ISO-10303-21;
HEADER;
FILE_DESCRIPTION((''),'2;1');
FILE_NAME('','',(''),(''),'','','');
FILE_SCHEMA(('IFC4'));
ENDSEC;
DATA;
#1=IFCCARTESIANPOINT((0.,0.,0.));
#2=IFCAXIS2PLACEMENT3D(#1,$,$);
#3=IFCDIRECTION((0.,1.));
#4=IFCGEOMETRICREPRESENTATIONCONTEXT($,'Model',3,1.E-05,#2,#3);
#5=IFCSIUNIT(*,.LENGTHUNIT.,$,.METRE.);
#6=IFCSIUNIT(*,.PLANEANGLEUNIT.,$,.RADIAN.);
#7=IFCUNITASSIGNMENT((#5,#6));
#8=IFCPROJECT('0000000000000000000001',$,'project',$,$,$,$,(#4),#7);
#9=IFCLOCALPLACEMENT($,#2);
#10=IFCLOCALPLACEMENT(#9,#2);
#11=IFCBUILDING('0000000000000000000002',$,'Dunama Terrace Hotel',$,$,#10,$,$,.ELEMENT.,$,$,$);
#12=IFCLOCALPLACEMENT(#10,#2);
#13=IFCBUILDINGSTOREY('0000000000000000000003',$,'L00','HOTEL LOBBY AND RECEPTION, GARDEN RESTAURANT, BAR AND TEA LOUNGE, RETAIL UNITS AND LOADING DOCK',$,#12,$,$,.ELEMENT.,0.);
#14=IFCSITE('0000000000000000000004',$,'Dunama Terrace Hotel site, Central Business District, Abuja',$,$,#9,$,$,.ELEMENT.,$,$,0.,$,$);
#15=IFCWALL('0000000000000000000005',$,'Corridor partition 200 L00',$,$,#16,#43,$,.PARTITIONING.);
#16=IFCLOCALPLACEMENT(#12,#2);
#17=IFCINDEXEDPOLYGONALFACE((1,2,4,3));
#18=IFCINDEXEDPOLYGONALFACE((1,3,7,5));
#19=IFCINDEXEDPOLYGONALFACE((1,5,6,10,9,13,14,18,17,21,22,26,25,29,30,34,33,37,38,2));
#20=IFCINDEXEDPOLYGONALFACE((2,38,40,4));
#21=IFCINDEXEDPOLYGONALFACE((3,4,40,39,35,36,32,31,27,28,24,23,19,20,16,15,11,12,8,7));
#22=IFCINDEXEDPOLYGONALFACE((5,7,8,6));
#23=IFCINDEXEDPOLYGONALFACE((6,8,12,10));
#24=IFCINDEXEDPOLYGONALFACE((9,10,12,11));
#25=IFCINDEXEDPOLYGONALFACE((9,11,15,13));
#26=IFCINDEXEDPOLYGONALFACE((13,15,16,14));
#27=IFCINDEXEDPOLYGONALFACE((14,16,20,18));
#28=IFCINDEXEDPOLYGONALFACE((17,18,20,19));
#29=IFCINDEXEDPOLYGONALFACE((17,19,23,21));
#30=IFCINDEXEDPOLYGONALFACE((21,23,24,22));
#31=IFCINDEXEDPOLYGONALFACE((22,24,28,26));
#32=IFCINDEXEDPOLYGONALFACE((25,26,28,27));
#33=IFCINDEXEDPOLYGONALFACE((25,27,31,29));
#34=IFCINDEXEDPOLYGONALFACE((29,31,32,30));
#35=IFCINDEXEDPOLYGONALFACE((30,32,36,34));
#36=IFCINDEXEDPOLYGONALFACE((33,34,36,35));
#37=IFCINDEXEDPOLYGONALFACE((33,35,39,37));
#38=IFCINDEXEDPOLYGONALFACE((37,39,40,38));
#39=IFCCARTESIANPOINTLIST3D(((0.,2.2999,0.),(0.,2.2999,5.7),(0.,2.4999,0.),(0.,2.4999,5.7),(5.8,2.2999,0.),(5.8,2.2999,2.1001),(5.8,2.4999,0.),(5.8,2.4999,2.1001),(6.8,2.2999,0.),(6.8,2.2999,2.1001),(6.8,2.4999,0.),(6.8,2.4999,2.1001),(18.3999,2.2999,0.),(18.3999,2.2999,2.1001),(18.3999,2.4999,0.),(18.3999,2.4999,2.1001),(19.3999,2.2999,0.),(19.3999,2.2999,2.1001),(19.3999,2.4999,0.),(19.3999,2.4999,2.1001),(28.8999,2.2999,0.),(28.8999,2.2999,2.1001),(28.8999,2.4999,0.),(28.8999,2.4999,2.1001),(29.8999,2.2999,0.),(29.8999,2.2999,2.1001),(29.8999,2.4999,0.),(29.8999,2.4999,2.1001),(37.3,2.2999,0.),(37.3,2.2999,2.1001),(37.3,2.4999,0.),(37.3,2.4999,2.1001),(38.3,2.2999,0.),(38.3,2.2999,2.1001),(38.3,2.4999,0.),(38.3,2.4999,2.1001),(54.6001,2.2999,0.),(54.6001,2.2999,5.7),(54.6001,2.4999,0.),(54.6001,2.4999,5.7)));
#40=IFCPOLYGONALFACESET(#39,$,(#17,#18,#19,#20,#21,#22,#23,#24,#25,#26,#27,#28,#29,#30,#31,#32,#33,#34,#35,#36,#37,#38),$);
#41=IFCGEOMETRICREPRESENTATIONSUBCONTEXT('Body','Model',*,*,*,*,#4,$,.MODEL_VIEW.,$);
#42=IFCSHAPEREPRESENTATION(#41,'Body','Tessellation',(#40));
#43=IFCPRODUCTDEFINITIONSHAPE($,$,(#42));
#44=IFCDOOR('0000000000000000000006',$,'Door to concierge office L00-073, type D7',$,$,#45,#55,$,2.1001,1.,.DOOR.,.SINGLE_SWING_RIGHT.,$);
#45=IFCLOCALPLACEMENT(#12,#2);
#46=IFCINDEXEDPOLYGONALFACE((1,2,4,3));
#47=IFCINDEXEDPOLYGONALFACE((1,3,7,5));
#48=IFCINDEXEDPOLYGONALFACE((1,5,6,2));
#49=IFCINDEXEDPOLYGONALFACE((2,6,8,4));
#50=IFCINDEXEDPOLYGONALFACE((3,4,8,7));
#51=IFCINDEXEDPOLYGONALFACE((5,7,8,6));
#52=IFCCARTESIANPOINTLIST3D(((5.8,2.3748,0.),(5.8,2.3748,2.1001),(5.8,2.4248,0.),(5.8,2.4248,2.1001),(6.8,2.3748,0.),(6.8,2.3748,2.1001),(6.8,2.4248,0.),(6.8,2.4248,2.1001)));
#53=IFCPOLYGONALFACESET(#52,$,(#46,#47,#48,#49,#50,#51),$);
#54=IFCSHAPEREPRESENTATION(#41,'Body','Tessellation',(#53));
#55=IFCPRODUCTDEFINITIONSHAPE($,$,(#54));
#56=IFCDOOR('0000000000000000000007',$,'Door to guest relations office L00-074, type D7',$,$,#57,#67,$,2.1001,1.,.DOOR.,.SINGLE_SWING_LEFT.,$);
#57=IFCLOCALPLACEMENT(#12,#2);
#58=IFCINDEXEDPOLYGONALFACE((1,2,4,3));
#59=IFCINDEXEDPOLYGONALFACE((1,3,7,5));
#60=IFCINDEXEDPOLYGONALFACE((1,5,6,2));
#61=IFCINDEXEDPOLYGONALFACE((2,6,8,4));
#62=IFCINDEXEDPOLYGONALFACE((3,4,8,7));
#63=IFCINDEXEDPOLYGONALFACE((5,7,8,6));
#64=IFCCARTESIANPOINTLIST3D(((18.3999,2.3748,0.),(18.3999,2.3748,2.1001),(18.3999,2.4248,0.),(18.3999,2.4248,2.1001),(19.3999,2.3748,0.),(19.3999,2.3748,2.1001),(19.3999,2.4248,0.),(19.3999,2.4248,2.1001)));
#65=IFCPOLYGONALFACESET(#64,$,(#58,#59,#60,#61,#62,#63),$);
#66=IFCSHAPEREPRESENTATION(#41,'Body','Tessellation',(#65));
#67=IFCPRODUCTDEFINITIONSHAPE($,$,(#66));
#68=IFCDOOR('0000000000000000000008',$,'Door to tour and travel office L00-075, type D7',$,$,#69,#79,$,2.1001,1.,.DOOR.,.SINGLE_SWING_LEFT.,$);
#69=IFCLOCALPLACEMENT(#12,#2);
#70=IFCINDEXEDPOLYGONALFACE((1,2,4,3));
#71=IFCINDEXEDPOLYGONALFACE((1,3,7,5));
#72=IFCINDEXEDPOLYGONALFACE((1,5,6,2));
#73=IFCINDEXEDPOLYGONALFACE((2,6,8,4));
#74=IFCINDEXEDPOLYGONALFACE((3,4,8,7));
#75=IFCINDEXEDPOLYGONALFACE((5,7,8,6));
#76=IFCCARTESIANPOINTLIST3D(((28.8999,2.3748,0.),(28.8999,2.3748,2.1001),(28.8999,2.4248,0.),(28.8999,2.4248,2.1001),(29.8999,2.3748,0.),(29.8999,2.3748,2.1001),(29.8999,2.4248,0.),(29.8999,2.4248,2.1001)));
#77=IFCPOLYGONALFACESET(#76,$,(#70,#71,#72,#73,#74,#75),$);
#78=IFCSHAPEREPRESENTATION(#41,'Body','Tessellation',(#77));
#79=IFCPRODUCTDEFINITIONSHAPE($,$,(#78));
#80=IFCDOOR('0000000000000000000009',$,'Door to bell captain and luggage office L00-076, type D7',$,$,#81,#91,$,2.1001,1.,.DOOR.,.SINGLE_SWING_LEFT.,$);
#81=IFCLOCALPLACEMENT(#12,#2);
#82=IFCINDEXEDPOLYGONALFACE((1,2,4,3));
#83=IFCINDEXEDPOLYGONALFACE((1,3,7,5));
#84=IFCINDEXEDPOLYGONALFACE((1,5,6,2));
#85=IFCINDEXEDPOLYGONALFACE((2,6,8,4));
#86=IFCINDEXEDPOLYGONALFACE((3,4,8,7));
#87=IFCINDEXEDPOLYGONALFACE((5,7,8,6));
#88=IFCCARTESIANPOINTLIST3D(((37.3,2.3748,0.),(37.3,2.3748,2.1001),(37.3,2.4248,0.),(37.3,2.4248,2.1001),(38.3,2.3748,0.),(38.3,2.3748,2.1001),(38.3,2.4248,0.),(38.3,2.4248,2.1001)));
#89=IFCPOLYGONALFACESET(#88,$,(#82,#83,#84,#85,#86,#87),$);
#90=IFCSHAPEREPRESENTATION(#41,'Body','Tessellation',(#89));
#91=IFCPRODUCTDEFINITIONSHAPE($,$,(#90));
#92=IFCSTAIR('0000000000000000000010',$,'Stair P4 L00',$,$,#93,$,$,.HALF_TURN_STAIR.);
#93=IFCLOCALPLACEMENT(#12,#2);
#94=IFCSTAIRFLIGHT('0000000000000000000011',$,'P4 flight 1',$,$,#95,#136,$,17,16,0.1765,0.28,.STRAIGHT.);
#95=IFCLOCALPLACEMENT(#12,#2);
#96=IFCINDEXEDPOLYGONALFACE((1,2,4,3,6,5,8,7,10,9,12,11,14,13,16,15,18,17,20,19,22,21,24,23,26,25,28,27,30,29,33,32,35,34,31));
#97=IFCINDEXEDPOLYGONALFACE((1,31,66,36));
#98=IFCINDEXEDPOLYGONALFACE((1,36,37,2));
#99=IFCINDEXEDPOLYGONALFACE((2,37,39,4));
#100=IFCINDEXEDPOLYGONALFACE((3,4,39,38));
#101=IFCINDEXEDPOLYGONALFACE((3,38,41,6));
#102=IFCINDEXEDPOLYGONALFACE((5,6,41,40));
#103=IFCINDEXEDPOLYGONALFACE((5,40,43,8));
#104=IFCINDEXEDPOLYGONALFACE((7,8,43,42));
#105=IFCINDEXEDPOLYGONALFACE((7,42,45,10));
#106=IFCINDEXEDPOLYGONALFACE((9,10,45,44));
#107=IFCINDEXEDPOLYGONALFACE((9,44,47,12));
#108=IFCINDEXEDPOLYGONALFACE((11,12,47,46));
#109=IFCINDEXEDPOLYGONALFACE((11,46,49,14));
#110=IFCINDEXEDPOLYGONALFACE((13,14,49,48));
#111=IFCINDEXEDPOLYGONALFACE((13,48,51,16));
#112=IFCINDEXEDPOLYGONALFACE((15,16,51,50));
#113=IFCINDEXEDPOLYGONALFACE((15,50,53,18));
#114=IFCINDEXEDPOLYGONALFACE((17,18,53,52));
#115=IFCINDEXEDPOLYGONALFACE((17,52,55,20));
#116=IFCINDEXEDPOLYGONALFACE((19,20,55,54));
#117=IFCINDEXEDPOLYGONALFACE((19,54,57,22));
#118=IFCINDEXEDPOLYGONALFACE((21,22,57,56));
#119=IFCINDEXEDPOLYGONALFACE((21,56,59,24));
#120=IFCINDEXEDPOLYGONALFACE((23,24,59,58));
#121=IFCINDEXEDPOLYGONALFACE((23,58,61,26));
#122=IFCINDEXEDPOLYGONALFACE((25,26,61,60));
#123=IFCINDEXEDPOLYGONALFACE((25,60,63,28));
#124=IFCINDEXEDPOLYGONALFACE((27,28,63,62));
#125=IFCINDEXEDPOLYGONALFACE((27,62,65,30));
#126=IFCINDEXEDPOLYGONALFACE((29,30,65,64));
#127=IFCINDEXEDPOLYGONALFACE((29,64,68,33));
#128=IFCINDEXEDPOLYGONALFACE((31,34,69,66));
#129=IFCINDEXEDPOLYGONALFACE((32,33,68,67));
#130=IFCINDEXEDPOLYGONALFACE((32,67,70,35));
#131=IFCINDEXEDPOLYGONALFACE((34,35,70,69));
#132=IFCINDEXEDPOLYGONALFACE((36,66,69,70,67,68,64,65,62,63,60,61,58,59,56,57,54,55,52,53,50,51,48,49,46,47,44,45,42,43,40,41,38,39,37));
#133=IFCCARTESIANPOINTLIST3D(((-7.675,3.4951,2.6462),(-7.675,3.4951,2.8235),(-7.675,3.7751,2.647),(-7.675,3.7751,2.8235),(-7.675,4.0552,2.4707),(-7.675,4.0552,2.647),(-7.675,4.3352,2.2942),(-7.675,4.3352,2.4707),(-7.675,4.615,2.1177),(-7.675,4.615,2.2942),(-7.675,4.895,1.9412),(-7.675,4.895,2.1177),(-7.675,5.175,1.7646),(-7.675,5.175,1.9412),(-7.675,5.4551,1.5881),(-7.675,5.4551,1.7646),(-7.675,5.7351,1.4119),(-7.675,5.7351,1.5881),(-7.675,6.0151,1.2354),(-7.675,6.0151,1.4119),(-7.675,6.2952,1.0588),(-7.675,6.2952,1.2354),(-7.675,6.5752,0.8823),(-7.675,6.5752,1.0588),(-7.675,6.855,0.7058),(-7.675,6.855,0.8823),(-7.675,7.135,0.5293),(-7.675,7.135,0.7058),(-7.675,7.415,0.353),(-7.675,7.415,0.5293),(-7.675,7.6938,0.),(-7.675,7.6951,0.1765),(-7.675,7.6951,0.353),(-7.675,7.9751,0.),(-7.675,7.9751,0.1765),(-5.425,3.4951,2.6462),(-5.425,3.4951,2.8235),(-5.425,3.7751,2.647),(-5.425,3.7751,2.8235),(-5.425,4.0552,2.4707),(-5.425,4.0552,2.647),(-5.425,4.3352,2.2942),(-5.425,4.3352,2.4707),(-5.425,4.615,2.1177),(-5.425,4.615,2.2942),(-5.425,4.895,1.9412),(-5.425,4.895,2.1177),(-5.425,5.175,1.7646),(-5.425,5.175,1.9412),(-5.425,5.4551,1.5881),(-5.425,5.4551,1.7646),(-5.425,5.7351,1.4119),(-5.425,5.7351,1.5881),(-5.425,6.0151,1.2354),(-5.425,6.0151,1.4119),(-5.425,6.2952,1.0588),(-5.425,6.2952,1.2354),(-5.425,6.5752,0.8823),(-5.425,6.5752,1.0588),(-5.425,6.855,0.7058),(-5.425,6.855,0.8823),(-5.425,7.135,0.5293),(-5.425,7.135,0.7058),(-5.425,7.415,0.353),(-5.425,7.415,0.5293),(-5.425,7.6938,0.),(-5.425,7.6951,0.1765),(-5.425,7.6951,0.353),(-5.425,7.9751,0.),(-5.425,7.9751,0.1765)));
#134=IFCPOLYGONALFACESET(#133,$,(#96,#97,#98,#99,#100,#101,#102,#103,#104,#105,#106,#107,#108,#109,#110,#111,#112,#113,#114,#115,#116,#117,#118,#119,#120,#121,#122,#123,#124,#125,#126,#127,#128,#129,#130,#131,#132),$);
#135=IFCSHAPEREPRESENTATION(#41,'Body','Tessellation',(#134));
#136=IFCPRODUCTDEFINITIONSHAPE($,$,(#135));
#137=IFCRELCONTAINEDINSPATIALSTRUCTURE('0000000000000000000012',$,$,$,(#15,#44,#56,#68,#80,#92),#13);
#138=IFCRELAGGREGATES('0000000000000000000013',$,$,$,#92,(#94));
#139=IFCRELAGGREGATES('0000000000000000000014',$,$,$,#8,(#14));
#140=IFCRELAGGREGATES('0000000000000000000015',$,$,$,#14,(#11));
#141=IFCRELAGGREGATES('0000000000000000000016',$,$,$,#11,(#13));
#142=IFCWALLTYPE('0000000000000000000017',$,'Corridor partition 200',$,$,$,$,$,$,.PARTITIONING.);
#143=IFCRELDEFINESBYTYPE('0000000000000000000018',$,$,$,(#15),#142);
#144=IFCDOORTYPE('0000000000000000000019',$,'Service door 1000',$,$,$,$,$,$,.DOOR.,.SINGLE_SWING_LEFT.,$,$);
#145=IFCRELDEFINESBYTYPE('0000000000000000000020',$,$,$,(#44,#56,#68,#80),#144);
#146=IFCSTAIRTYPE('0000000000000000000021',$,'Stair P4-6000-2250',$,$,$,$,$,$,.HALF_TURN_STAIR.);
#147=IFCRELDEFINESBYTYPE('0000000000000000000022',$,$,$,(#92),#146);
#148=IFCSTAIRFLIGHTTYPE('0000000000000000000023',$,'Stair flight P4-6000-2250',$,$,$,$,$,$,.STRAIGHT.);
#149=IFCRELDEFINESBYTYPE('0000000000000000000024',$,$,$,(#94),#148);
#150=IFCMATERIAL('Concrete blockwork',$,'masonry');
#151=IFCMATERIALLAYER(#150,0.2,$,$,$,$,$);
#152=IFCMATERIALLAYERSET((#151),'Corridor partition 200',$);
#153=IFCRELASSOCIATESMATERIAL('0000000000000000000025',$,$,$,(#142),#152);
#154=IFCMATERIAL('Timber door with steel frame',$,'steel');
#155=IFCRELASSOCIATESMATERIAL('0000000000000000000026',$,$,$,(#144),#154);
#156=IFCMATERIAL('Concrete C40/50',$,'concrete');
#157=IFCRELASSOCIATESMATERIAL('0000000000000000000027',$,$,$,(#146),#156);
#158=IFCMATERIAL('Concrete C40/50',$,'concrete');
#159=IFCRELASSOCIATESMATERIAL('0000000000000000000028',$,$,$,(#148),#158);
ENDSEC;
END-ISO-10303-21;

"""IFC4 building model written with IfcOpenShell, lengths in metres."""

from ifc_helpers import new_model, si_unit, direction, frame, frame_2d, origin, place, context, subcontext, project, spatial, polyline, rectangle, outline, extrude, material, layer, layer_set, type_object, element, fill, aggregate, save


model = new_model("IFC4")

# Units and contexts
model_context = context("Model", 3, precision=1e-05, world=origin(), true_north=direction((0.0, 1.0)))
body_context = subcontext(model_context, "Body", "Model", "MODEL_VIEW")
ifc_project = project(units=[si_unit("LENGTHUNIT", "METRE"), si_unit("PLANEANGLEUNIT", "RADIAN")], contexts=[model_context])

# Site, building, storey
site_placement = place(None, origin())
site = spatial("IfcSite", under=ifc_project, at=site_placement, Name="Dunama Terrace Hotel site, Central Business District, Abuja", CompositionType="ELEMENT", RefElevation=0.0)
building_placement = place(site_placement, origin())
building = spatial("IfcBuilding", under=site, at=building_placement, Name="Dunama Terrace Hotel", CompositionType="ELEMENT")
storey_placement = place(building_placement, origin())
storey = spatial("IfcBuildingStorey", under=building, at=storey_placement, Name="L00", Description="HOTEL LOBBY AND RECEPTION, GARDEN RESTAURANT, BAR AND TEA LOUNGE, RETAIL UNITS AND LOADING DOCK", CompositionType="ELEMENT", Elevation=0.0)

# Shared definitions
ifc_material_1 = material(Name="Concrete blockwork", Category="masonry")
ifc_layer_1 = layer(ifc_material_1, 0.2)
ifc_layer_set_1 = layer_set([ifc_layer_1], Name="Corridor partition 200")
wall_type = type_object("IfcWallType", Name="Corridor partition 200", PredefinedType="PARTITIONING", material=ifc_layer_set_1)

# Wall, openings, doors
wall_1_placement = place(storey_placement, frame((0.0, 2.3999, 0.0), z_axis=(0.0, 0.0, 1.0), x_axis=(1.0, 0.0, 0.0)))
wall_1 = element("IfcWall", 1, at=wall_1_placement, inside=storey, type_object=wall_type, Name="Corridor partition 200 L00", PredefinedType="PARTITIONING", context=body_context, shape_type="SweptSolid", body=[
    extrude(rectangle(XDim=54.6001, YDim=0.2, at=frame_2d((27.3, 0.0))), origin(), (0.0, 0.0, 1.0), 5.7),
])
opening_1_placement = place(wall_1_placement, frame((5.8, 0.0, 0.0)))
opening_1 = element("IfcOpeningElement", 2, at=opening_1_placement, cuts=wall_1, PredefinedType="OPENING", context=body_context, shape_type="SweptSolid", body=[
    extrude(rectangle(XDim=1.0, YDim=2.1001, at=frame_2d((0.5, 1.05))), frame((0.0, 0.1099, 0.0), z_axis=(0.0, -1.0, 0.0), x_axis=(1.0, 0.0, 0.0)), (0.0, 0.0, 1.0), 0.22),
])
opening_2_placement = place(wall_1_placement, frame((18.3999, 0.0, 0.0)))
opening_2 = element("IfcOpeningElement", 3, at=opening_2_placement, cuts=wall_1, PredefinedType="OPENING", context=body_context, shape_type="SweptSolid", body=[
    extrude(rectangle(XDim=1.0, YDim=2.1001, at=frame_2d((0.5, 1.05))), frame((0.0, 0.1099, 0.0), z_axis=(0.0, -1.0, 0.0), x_axis=(1.0, 0.0, 0.0)), (0.0, 0.0, 1.0), 0.22),
])
opening_3_placement = place(wall_1_placement, frame((28.8999, 0.0, 0.0)))
opening_3 = element("IfcOpeningElement", 4, at=opening_3_placement, cuts=wall_1, PredefinedType="OPENING", context=body_context, shape_type="SweptSolid", body=[
    extrude(rectangle(XDim=1.0, YDim=2.1001, at=frame_2d((0.5, 1.05))), frame((0.0, 0.1099, 0.0), z_axis=(0.0, -1.0, 0.0), x_axis=(1.0, 0.0, 0.0)), (0.0, 0.0, 1.0), 0.22),
])
opening_4_placement = place(wall_1_placement, frame((37.3, 0.0, 0.0)))
opening_4 = element("IfcOpeningElement", 5, at=opening_4_placement, cuts=wall_1, PredefinedType="OPENING", context=body_context, shape_type="SweptSolid", body=[
    extrude(rectangle(XDim=1.0, YDim=2.1001, at=frame_2d((0.5, 1.05))), frame((0.0, 0.1099, 0.0), z_axis=(0.0, -1.0, 0.0), x_axis=(1.0, 0.0, 0.0)), (0.0, 0.0, 1.0), 0.22),
])
ifc_material_2 = material(Name="Timber door with steel frame", Category="steel")
door_type = type_object("IfcDoorType", Name="Service door 1000", OperationType="SINGLE_SWING_LEFT", PredefinedType="DOOR", material=ifc_material_2)
door_1_placement = place(opening_1_placement, origin())
door_1 = element("IfcDoor", 6, at=door_1_placement, inside=storey, type_object=door_type, Name="Door to concierge office L00-073, type D7", OperationType="SINGLE_SWING_RIGHT", OverallHeight=2.1001, OverallWidth=1.0, PredefinedType="DOOR", context=body_context, shape_type="SweptSolid", body=[
    extrude(rectangle(XDim=1.0, YDim=2.1001, at=frame_2d((0.5, 1.05))), frame((0.0, 0.0249, 0.0), z_axis=(0.0, -1.0, 0.0), x_axis=(1.0, 0.0, 0.0)), (0.0, 0.0, 1.0), 0.05),
])
fill(opening_1, door_1)
door_2_placement = place(opening_2_placement, origin())
door_2 = element("IfcDoor", 7, at=door_2_placement, inside=storey, type_object=door_type, Name="Door to guest relations office L00-074, type D7", OperationType="SINGLE_SWING_LEFT", OverallHeight=2.1001, OverallWidth=1.0, PredefinedType="DOOR", context=body_context, shape_type="SweptSolid", body=[
    extrude(rectangle(XDim=1.0, YDim=2.1001, at=frame_2d((0.5, 1.05))), frame((0.0, 0.0249, 0.0), z_axis=(0.0, -1.0, 0.0), x_axis=(1.0, 0.0, 0.0)), (0.0, 0.0, 1.0), 0.05),
])
fill(opening_2, door_2)
door_3_placement = place(opening_3_placement, origin())
door_3 = element("IfcDoor", 8, at=door_3_placement, inside=storey, type_object=door_type, Name="Door to tour and travel office L00-075, type D7", OperationType="SINGLE_SWING_LEFT", OverallHeight=2.1001, OverallWidth=1.0, PredefinedType="DOOR", context=body_context, shape_type="SweptSolid", body=[
    extrude(rectangle(XDim=1.0, YDim=2.1001, at=frame_2d((0.5, 1.05))), frame((0.0, 0.0249, 0.0), z_axis=(0.0, -1.0, 0.0), x_axis=(1.0, 0.0, 0.0)), (0.0, 0.0, 1.0), 0.05),
])
fill(opening_3, door_3)
door_4_placement = place(opening_4_placement, origin())
door_4 = element("IfcDoor", 9, at=door_4_placement, inside=storey, type_object=door_type, Name="Door to bell captain and luggage office L00-076, type D7", OperationType="SINGLE_SWING_LEFT", OverallHeight=2.1001, OverallWidth=1.0, PredefinedType="DOOR", context=body_context, shape_type="SweptSolid", body=[
    extrude(rectangle(XDim=1.0, YDim=2.1001, at=frame_2d((0.5, 1.05))), frame((0.0, 0.0249, 0.0), z_axis=(0.0, -1.0, 0.0), x_axis=(1.0, 0.0, 0.0)), (0.0, 0.0, 1.0), 0.05),
])
fill(opening_4, door_4)

# Stair, stair flight
ifc_material_3 = material(Name="Concrete C40/50", Category="concrete")
stair_type = type_object("IfcStairType", Name="Stair P4-6000-2250", PredefinedType="HALF_TURN_STAIR", material=ifc_material_3)
stair_placement = place(storey_placement, origin())
stair = element("IfcStair", 10, at=stair_placement, inside=storey, type_object=stair_type, Name="Stair P4 L00", PredefinedType="HALF_TURN_STAIR")
ifc_material_4 = material(Name="Concrete C40/50", Category="concrete")
stair_flight_type = type_object("IfcStairFlightType", Name="Stair flight P4-6000-2250", PredefinedType="STRAIGHT", material=ifc_material_4)
stair_flight_1_placement = place(storey_placement, frame((-6.55, 7.9751, 0.0), z_axis=(0.0, 0.0, 1.0), x_axis=(0.0, -1.0, 0.0)))
stair_flight_1 = element("IfcStairFlight", 11, at=stair_flight_1_placement, type_object=stair_flight_type, Name="P4 flight 1", NumberOfRisers=17, NumberOfTreads=16, PredefinedType="STRAIGHT", RiserHeight=0.1765, TreadLength=0.28, context=body_context, shape_type="SweptSolid", body=[
    extrude(outline(polyline([(0.0, 0.0), (0.0, 0.1765), (0.28, 0.1765), (0.28, 0.353), (0.5601, 0.353), (0.5601, 0.5293), (0.8401, 0.5293), (0.8401, 0.7058), (1.1201, 0.7058), (1.1201, 0.8823), (1.3999, 0.8823), (1.3999, 1.0588), (1.6799, 1.0588), (1.6799, 1.2354), (1.96, 1.2354), (1.96, 1.4119), (2.24, 1.4119), (2.24, 1.5881), (2.52, 1.5881), (2.52, 1.7646), (2.8, 1.7646), (2.8, 1.9412), (3.0801, 1.9412), (3.0801, 2.1177), (3.3601, 2.1177), (3.3601, 2.2942), (3.6399, 2.2942), (3.6399, 2.4707), (3.9199, 2.4707), (3.9199, 2.647), (4.2, 2.647), (4.2, 2.8235), (4.48, 2.8235), (4.48, 3.0), (4.48, 2.6462), (0.2812, 0.0), (0.0, 0.0)])), frame((0.0, 1.125, 0.0), z_axis=(0.0, -1.0, 0.0), x_axis=(1.0, 0.0, 0.0)), (0.0, 0.0, 1.0), 2.25),
])
aggregate(stair, [stair_flight_1])

save(model, "model.ifc")
